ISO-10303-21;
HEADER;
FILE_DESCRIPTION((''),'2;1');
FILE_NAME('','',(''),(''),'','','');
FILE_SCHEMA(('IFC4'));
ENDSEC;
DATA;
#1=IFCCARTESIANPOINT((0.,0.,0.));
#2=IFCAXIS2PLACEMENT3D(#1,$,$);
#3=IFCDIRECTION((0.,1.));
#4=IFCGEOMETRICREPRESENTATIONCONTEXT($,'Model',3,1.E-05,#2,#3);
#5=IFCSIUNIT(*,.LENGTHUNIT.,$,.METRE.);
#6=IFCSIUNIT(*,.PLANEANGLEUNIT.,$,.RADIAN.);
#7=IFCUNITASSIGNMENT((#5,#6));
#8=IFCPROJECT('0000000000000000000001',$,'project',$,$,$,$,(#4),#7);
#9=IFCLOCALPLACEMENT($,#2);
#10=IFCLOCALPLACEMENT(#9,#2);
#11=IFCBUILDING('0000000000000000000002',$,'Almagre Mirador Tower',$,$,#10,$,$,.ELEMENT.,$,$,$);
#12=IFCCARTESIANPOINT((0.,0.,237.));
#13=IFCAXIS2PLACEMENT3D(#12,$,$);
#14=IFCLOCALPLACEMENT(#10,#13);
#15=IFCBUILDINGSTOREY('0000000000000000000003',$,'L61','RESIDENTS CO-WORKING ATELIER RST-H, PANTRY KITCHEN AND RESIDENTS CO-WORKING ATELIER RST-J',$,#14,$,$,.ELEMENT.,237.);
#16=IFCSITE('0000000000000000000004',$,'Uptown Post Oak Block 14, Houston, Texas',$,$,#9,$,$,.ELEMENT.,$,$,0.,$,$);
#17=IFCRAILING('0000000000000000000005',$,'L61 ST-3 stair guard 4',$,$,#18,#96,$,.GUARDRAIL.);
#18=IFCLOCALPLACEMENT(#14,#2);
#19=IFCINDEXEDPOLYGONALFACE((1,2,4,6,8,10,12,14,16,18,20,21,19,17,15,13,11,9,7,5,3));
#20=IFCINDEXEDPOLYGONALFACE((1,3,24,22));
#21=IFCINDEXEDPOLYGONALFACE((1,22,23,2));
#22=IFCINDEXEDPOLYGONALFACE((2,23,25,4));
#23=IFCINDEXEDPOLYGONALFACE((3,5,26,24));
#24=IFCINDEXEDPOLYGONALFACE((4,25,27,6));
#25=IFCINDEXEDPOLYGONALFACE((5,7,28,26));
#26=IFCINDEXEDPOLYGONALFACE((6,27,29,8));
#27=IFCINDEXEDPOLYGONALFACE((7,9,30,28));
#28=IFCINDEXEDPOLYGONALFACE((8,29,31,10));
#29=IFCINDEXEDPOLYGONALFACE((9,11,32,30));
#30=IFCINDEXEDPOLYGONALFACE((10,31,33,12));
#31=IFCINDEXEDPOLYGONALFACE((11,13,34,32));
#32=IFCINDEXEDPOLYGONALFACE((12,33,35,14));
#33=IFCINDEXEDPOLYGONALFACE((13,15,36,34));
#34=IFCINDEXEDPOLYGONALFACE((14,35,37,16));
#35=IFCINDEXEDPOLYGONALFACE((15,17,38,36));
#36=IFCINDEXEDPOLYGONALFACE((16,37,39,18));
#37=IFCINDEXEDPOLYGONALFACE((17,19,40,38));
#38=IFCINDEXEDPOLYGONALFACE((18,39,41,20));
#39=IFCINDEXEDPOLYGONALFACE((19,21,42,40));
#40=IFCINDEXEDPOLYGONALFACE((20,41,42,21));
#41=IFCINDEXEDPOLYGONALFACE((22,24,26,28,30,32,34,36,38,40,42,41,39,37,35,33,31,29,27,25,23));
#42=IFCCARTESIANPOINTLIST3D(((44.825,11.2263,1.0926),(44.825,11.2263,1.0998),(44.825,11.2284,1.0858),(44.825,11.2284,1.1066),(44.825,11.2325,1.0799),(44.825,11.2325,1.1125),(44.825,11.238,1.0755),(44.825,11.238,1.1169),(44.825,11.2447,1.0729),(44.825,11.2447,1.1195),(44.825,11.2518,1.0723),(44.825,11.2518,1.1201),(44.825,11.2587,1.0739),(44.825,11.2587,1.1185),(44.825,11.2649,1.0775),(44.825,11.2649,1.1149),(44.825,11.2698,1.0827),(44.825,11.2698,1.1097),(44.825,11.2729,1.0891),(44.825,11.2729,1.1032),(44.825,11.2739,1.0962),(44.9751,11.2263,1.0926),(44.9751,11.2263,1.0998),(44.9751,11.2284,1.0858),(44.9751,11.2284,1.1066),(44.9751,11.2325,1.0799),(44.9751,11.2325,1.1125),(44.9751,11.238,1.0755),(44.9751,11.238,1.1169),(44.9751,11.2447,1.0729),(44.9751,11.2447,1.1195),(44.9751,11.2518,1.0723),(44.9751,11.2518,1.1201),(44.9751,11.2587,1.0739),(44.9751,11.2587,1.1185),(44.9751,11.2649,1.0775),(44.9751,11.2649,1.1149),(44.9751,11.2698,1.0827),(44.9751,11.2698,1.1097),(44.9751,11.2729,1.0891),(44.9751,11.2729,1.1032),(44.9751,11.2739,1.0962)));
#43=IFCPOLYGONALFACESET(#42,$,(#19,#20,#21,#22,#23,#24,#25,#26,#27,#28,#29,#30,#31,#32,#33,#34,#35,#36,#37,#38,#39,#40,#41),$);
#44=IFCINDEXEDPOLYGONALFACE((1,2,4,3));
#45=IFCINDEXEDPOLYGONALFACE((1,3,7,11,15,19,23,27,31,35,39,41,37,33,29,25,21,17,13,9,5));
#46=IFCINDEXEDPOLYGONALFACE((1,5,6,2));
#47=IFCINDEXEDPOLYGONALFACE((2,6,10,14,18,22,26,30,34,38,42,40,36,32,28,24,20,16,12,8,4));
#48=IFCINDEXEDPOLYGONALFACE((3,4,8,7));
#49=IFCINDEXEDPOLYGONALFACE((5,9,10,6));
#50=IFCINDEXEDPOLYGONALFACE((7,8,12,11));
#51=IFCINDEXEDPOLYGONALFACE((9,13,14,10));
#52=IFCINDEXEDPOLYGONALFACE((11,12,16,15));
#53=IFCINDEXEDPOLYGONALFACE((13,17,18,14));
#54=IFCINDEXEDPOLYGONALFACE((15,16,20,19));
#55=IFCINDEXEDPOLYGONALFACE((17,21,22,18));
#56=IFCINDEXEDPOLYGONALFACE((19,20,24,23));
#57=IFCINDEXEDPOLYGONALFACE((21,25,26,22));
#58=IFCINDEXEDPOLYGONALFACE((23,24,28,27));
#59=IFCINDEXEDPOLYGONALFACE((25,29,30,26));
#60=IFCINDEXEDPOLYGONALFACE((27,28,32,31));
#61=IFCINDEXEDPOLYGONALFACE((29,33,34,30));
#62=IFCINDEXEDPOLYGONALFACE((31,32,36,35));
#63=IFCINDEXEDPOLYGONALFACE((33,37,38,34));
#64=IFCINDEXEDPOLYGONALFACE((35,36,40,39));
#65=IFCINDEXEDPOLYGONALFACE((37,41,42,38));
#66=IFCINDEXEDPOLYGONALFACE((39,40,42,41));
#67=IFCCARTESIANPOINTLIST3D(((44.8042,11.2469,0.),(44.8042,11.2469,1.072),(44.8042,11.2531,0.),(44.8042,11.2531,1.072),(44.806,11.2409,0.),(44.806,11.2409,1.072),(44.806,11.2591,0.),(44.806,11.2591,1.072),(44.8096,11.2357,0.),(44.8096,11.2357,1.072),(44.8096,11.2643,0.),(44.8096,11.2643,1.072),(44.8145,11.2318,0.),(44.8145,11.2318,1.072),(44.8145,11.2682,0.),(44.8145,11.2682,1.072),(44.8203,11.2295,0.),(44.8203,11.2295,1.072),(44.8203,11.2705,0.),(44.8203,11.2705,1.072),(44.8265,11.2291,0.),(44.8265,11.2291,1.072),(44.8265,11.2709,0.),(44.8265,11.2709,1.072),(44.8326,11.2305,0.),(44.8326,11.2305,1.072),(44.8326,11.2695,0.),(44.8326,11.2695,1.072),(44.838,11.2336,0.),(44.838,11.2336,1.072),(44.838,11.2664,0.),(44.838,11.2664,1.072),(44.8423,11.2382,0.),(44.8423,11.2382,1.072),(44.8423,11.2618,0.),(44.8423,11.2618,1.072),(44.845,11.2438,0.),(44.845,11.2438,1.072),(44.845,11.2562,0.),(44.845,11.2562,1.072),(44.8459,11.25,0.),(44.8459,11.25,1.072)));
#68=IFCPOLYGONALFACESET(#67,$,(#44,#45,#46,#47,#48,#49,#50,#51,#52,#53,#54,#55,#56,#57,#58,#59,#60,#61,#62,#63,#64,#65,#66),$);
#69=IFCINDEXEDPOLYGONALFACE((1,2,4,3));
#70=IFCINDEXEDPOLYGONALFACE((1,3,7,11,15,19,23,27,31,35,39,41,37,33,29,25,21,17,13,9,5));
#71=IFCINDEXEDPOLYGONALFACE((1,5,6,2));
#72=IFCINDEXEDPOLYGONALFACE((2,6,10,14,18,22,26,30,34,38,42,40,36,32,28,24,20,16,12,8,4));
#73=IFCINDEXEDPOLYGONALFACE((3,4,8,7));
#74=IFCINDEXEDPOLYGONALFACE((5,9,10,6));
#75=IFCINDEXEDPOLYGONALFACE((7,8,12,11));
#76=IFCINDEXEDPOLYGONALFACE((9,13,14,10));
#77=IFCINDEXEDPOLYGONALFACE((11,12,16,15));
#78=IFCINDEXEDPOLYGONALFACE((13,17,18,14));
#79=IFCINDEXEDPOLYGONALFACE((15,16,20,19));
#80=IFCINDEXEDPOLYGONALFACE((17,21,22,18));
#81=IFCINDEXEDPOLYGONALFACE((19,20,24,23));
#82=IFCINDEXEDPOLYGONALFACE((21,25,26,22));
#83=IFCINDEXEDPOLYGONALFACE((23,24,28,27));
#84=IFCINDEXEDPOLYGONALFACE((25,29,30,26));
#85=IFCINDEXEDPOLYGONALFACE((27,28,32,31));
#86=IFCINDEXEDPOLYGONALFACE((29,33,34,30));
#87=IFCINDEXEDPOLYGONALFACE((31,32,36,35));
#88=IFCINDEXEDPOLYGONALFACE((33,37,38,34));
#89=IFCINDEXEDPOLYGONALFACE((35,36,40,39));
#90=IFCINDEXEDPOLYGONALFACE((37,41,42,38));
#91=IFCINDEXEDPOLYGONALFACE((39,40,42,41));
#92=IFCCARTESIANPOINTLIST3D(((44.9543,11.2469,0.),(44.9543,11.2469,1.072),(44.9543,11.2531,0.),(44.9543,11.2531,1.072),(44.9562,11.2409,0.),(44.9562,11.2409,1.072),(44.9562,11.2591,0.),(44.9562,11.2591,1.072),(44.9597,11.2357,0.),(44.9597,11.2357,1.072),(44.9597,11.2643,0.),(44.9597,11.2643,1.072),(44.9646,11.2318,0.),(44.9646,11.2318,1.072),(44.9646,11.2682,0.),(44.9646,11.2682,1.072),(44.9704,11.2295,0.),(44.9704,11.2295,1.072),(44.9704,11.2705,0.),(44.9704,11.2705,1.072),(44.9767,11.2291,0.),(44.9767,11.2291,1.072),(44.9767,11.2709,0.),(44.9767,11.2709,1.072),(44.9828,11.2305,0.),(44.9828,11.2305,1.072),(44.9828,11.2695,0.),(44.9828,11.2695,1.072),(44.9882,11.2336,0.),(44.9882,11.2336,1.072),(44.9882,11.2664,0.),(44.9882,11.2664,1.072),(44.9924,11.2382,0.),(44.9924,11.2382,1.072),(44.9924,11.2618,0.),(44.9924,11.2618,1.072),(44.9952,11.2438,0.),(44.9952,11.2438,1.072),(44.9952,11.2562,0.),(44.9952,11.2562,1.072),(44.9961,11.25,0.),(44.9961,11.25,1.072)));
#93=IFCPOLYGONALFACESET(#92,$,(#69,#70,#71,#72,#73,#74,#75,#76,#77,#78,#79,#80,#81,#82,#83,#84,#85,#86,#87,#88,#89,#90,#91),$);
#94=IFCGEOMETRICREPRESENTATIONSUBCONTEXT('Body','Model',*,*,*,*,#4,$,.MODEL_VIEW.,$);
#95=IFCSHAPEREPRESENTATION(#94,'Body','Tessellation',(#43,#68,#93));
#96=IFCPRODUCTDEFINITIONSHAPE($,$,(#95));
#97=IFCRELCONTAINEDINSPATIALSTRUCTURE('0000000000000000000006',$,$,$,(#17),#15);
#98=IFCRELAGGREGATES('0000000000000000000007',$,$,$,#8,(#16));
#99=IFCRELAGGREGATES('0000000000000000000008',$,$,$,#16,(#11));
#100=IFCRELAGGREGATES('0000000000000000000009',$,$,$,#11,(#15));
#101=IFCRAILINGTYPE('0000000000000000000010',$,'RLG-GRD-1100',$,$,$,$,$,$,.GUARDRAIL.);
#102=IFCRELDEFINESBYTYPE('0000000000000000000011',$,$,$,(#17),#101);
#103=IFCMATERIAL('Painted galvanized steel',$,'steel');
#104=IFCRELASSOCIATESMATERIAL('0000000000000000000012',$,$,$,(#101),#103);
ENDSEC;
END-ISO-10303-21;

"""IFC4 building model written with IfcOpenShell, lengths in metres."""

from ifc_helpers import new_model, si_unit, direction, frame, origin, origin_2d, place, context, subcontext, project, spatial, circle, extrude, material, type_object, element, save


model = new_model("IFC4")

# Units and contexts
model_context = context("Model", 3, precision=1e-05, world=origin(), true_north=direction((0.0, 1.0)))
body_context = subcontext(model_context, "Body", "Model", "MODEL_VIEW")
ifc_project = project(units=[si_unit("LENGTHUNIT", "METRE"), si_unit("PLANEANGLEUNIT", "RADIAN")], contexts=[model_context])

# Site, building, storey
site_placement = place(None, origin())
site = spatial("IfcSite", under=ifc_project, at=site_placement, Name="Uptown Post Oak Block 14, Houston, Texas", CompositionType="ELEMENT", RefElevation=0.0)
building_placement = place(site_placement, origin())
building = spatial("IfcBuilding", under=site, at=building_placement, Name="Almagre Mirador Tower", CompositionType="ELEMENT")
storey_placement = place(building_placement, frame((0.0, 0.0, 237.0)))
storey = spatial("IfcBuildingStorey", under=building, at=storey_placement, Name="L61", Description="RESIDENTS CO-WORKING ATELIER RST-H, PANTRY KITCHEN AND RESIDENTS CO-WORKING ATELIER RST-J", CompositionType="ELEMENT", Elevation=237.0)

# Railing
ifc_material_1 = material(Name="Painted galvanized steel", Category="steel")
railing_type_1 = type_object("IfcRailingType", Name="RLG-GRD-1100", PredefinedType="GUARDRAIL", material=ifc_material_1)
railing_1_placement = place(storey_placement, frame((44.825, 11.25, 0.0)))
element("IfcRailing", 1, at=railing_1_placement, inside=storey, type_object=railing_type_1, Name="L61 ST-3 stair guard 4", PredefinedType="GUARDRAIL", context=body_context, shape_type="SweptSolid", body=[
    extrude(circle(Radius=0.0239, at=origin_2d()), frame((0.0, 0.0, 1.0962), z_axis=(1.0, 0.0, 0.0), x_axis=(0.0, 1.0, 0.0)), (0.0, 0.0, 1.0), 0.1501),
    extrude(circle(Radius=0.021, at=origin_2d()), origin(), (0.0, 0.0, 1.0), 1.072),
    extrude(circle(Radius=0.021, at=origin_2d()), frame((0.1501, 0.0, 0.0)), (0.0, 0.0, 1.0), 1.072),
])

save(model, "model.ifc")
